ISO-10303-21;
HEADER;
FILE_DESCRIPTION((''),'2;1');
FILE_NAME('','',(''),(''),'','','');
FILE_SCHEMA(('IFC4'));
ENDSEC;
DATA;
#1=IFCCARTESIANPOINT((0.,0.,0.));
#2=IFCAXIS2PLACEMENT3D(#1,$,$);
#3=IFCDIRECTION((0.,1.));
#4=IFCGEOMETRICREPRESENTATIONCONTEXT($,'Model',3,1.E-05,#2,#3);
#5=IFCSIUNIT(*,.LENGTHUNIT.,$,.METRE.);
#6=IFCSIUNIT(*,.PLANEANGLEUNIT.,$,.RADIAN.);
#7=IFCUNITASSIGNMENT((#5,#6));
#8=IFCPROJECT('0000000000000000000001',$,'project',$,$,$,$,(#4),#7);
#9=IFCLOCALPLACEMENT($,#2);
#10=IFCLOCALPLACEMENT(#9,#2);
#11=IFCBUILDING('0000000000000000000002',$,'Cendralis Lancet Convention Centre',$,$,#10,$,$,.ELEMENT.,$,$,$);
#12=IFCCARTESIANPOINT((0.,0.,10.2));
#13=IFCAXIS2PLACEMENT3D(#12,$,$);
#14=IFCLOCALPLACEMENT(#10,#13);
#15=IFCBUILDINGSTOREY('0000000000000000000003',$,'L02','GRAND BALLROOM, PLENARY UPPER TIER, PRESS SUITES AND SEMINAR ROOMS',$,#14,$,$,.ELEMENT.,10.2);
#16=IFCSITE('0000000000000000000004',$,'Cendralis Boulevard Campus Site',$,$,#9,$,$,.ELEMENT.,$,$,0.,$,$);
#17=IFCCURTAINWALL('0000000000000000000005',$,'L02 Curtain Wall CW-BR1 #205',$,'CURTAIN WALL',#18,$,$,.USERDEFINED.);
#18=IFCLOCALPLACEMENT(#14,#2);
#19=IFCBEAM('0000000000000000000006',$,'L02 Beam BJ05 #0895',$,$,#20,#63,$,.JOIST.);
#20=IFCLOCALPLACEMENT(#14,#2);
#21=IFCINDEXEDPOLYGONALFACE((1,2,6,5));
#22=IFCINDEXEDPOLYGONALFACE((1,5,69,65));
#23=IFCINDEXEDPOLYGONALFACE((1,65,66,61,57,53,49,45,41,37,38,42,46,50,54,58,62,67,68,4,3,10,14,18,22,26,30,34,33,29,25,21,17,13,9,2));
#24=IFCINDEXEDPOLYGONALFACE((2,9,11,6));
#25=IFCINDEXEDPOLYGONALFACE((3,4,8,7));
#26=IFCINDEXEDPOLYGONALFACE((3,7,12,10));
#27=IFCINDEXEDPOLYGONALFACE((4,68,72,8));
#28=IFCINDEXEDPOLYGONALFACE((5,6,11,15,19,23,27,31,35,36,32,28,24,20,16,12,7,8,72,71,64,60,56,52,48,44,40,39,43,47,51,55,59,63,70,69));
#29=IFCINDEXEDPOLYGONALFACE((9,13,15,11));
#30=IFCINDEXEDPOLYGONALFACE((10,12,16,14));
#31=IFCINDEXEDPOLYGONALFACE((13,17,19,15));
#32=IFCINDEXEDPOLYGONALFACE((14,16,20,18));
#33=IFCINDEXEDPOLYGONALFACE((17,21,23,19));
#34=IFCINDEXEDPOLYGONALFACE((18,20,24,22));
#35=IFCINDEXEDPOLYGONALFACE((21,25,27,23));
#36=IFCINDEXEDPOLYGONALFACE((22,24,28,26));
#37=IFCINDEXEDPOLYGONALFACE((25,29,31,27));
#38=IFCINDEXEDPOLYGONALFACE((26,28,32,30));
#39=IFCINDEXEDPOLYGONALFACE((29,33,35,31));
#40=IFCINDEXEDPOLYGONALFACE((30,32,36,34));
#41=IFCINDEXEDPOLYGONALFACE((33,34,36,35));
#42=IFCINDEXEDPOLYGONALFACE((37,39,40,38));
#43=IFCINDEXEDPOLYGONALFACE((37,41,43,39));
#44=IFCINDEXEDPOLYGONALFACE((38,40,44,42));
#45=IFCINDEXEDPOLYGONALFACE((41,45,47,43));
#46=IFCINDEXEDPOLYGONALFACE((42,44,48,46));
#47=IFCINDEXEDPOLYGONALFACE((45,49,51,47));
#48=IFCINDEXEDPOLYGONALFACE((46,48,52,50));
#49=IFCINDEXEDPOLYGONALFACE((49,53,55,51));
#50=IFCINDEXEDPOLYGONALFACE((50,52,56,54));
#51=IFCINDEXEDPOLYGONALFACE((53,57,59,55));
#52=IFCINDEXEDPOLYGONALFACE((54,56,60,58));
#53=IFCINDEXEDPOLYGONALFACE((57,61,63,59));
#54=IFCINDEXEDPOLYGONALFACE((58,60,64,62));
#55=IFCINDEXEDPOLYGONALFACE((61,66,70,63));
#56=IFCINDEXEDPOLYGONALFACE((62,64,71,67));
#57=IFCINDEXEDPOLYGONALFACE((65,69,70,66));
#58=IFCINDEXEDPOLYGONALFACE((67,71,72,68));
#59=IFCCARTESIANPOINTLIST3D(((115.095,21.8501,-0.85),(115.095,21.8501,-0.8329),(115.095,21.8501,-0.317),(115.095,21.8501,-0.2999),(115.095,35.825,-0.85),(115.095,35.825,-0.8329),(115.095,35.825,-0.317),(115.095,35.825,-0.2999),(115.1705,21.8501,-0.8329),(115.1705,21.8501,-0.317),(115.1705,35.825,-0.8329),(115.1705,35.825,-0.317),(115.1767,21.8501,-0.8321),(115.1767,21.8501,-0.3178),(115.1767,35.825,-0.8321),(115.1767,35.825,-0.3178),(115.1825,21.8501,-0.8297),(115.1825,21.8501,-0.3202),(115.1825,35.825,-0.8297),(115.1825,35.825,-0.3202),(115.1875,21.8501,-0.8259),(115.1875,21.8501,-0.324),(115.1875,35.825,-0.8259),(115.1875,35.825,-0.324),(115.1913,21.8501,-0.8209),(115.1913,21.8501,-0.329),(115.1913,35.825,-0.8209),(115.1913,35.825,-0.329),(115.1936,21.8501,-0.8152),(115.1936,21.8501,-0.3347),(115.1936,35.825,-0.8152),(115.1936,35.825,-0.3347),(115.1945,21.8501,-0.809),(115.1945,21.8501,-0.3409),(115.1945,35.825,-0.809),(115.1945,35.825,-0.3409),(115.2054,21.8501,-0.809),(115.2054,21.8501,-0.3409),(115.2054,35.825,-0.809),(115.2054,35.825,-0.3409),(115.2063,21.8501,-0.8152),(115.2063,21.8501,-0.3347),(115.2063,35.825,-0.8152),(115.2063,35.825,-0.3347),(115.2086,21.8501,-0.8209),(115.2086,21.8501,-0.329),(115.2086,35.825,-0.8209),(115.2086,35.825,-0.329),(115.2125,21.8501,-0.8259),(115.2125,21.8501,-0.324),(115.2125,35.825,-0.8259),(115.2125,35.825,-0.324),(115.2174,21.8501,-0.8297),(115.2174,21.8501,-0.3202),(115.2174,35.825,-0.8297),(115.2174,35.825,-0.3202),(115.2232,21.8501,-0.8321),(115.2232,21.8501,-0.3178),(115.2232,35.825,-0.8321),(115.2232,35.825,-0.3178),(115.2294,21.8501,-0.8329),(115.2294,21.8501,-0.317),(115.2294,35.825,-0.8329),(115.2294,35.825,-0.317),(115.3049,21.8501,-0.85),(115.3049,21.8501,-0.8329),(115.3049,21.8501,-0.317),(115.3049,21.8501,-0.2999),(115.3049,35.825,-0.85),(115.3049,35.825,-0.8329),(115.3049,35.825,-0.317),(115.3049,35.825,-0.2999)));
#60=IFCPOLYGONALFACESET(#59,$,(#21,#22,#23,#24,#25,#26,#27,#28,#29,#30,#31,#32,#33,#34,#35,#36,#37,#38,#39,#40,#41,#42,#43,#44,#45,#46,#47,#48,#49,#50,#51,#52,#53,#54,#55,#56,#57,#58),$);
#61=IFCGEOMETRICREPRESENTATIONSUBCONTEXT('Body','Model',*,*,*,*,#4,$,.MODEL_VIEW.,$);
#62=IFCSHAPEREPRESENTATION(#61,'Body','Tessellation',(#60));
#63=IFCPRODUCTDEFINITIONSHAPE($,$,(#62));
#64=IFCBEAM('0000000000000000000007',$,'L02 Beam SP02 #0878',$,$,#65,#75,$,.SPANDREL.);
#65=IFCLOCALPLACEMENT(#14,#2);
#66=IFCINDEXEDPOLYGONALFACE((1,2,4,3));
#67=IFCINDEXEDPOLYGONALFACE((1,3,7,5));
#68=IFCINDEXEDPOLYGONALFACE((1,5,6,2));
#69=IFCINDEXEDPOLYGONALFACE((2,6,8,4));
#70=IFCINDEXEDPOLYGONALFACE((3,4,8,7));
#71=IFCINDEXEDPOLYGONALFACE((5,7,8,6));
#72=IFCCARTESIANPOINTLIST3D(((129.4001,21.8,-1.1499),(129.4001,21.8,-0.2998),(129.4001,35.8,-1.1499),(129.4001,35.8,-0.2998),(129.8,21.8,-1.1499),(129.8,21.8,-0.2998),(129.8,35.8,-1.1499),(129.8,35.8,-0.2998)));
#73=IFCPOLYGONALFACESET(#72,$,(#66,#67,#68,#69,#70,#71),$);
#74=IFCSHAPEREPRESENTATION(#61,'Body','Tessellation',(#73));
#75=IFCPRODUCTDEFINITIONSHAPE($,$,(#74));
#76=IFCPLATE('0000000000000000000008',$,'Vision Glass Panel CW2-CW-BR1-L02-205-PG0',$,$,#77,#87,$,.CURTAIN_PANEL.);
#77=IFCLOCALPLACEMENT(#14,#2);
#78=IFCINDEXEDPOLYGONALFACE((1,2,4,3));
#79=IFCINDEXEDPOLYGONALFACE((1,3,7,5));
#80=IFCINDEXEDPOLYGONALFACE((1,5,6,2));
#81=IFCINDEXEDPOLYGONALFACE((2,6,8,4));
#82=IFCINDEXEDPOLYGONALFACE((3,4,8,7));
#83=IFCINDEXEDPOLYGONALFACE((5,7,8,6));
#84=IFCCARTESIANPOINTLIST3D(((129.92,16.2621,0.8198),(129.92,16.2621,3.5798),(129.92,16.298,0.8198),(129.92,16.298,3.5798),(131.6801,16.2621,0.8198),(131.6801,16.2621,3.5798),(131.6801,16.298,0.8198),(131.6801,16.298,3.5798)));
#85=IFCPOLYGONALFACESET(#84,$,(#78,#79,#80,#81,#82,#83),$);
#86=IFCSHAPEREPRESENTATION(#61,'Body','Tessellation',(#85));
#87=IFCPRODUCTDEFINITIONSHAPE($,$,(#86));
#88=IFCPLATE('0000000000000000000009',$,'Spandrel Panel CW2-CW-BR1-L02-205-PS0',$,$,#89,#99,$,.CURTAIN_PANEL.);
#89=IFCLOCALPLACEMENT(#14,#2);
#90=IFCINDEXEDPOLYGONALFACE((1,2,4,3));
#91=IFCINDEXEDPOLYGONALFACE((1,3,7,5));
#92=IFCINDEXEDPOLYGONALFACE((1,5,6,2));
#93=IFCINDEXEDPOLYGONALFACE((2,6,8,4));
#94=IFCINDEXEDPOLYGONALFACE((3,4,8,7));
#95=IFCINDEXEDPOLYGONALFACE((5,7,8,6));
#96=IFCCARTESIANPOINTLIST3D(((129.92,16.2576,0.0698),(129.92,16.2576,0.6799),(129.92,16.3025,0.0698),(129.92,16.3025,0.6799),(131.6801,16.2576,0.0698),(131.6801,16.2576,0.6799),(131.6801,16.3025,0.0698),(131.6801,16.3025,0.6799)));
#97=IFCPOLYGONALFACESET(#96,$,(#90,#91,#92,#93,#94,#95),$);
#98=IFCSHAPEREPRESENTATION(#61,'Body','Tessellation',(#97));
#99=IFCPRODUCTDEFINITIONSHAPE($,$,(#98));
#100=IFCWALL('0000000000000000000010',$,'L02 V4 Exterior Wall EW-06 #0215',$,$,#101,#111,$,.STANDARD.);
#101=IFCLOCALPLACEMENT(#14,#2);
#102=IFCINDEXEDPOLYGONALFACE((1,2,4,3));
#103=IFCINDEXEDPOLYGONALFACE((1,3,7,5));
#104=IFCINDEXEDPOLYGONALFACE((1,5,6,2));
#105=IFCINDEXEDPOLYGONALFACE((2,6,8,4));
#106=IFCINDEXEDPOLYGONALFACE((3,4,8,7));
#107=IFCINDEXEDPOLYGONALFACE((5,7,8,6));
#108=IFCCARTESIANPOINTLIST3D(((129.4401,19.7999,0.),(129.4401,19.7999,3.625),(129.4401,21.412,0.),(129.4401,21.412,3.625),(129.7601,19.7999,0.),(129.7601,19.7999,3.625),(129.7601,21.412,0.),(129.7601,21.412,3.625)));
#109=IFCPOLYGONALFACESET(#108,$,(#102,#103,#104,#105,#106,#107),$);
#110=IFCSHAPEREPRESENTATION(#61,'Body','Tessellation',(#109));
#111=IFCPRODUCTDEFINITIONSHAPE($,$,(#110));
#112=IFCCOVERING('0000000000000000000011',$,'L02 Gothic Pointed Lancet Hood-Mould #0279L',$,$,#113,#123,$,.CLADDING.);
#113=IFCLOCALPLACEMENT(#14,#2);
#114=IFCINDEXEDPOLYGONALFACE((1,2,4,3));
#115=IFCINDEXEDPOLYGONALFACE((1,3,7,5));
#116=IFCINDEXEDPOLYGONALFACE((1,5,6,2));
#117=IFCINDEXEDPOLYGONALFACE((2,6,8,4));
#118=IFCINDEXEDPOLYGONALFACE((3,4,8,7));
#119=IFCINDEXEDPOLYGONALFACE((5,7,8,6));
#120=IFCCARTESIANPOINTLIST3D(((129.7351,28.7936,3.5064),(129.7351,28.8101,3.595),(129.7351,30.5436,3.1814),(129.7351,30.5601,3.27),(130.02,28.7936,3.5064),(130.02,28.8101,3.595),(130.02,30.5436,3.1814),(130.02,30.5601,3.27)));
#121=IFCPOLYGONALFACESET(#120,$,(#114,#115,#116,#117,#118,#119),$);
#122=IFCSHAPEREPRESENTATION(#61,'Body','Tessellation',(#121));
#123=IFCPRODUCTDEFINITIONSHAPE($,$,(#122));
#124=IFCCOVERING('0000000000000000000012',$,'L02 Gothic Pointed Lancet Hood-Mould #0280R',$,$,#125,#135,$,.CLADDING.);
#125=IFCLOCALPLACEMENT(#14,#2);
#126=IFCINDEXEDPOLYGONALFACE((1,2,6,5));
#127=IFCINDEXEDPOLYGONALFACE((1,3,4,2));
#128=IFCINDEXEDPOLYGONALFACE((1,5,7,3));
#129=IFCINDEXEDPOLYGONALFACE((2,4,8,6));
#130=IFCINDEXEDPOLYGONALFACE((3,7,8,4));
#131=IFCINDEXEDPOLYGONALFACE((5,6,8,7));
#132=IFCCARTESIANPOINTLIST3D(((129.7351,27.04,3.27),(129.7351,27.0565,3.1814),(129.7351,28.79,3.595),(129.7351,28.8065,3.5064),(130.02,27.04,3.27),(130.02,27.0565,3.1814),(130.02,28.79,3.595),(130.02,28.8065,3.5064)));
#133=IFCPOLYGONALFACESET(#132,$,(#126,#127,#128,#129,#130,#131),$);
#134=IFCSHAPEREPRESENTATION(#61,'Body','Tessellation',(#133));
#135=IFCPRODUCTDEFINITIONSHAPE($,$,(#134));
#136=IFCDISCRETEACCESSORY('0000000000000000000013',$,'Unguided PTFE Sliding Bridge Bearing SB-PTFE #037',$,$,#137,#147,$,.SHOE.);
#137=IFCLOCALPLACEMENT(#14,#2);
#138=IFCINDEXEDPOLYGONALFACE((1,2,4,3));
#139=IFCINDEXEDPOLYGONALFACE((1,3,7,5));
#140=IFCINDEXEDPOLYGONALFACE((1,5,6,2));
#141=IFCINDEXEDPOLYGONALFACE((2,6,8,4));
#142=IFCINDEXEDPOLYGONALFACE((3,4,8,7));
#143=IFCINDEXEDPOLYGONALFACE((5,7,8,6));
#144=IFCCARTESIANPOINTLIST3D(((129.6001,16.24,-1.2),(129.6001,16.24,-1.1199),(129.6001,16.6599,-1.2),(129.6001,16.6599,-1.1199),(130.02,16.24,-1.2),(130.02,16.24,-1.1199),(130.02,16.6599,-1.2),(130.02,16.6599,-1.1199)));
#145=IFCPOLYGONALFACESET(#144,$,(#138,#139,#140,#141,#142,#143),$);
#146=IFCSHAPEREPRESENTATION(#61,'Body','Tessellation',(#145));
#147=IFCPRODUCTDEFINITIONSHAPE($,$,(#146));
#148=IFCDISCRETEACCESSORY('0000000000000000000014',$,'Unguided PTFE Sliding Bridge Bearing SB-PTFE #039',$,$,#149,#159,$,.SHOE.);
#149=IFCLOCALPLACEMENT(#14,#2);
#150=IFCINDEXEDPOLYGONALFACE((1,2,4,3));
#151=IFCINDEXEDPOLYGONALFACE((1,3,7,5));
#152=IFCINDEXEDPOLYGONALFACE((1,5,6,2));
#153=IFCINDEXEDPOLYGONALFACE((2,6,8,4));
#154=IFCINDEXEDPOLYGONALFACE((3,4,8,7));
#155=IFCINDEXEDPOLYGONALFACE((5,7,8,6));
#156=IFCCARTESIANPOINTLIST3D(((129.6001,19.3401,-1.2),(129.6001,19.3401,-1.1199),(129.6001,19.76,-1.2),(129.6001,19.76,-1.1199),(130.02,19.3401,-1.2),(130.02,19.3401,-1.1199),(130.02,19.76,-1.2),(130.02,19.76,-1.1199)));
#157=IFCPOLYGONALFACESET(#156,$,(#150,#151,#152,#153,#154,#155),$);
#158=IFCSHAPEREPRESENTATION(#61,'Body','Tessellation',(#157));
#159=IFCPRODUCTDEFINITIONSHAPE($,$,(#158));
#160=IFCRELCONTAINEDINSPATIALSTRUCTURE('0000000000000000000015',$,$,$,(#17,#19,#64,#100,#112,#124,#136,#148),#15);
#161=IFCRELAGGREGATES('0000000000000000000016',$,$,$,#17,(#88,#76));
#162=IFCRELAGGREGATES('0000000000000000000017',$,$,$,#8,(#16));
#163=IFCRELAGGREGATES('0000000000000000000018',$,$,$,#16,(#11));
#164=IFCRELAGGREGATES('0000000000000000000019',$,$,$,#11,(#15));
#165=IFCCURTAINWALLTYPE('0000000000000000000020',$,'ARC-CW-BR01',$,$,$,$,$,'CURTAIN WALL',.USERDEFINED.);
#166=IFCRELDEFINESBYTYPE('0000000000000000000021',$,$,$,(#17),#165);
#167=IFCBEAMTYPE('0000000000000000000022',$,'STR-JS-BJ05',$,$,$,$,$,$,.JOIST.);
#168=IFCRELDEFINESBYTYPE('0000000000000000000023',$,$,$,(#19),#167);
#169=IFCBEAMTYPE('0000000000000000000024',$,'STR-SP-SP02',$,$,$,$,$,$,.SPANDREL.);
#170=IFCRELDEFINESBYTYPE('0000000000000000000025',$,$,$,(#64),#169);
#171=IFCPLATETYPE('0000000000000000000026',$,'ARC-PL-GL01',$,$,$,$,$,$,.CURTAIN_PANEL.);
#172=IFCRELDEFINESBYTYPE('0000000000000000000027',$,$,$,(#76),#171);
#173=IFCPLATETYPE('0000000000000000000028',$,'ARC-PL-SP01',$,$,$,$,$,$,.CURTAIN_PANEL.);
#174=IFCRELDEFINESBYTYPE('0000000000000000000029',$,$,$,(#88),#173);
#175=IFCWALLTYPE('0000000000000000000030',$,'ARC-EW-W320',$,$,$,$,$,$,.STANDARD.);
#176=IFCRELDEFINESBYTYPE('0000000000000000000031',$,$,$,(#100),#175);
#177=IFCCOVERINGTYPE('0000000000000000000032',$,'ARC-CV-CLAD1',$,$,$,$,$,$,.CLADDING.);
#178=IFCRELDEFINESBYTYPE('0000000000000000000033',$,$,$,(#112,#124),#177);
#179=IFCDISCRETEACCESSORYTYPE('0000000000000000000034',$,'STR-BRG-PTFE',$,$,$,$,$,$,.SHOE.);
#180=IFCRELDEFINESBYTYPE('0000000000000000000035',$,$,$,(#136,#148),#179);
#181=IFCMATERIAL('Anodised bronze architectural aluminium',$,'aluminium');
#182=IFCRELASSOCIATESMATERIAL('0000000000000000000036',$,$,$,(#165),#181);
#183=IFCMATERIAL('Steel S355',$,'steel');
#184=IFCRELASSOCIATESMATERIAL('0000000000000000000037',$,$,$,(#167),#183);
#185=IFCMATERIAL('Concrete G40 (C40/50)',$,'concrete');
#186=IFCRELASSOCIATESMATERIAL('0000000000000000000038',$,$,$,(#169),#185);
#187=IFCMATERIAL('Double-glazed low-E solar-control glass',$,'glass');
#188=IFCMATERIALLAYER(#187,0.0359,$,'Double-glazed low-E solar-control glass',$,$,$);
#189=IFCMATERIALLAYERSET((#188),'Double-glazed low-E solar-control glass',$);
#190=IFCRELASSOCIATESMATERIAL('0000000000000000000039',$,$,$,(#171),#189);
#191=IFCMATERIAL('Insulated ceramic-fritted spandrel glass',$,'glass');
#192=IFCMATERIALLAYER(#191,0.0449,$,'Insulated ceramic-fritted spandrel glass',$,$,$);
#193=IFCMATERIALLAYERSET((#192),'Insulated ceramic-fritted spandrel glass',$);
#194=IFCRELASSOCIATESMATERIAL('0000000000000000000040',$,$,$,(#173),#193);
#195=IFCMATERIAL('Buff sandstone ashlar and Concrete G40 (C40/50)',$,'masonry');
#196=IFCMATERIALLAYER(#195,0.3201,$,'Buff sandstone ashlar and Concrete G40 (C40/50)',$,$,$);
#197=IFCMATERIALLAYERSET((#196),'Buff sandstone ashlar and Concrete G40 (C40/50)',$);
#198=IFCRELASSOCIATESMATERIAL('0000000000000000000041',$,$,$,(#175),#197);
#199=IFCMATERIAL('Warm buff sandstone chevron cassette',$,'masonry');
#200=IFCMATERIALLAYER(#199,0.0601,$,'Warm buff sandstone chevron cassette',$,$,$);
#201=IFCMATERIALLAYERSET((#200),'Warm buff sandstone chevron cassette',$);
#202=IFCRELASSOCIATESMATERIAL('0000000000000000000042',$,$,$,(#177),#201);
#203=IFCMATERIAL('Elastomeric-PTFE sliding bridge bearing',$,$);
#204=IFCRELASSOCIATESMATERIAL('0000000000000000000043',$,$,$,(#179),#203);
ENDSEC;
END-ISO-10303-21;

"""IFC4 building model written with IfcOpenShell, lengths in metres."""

from ifc_helpers import new_model, si_unit, direction, frame, frame_2d, origin, origin_2d, place, context, subcontext, project, spatial, polyline, rectangle, i_section, outline, extrude, material, layer, layer_set, material_profile, profile_set, type_object, element, aggregate, save


model = new_model("IFC4")

# Units and contexts
model_context = context("Model", 3, precision=1e-05, world=origin(), true_north=direction((0.0, 1.0)))
body_context = subcontext(model_context, "Body", "Model", "MODEL_VIEW")
ifc_project = project(units=[si_unit("LENGTHUNIT", "METRE"), si_unit("PLANEANGLEUNIT", "RADIAN")], contexts=[model_context])

# Site, building, storey
site_placement = place(None, origin())
site = spatial("IfcSite", under=ifc_project, at=site_placement, Name="Cendralis Boulevard Campus Site", CompositionType="ELEMENT", RefElevation=0.0)
building_placement = place(site_placement, origin())
building = spatial("IfcBuilding", under=site, at=building_placement, Name="Cendralis Lancet Convention Centre", CompositionType="ELEMENT")
storey_placement = place(building_placement, frame((0.0, 0.0, 10.2)))
storey = spatial("IfcBuildingStorey", under=building, at=storey_placement, Name="L02", Description="GRAND BALLROOM, PLENARY UPPER TIER, PRESS SUITES AND SEMINAR ROOMS", CompositionType="ELEMENT", Elevation=10.2)

# Shared definitions
ifc_material_1 = material(Name="Steel S355", Category="steel")

# Shared definitions
ifc_material_2 = material(Name="Anodised bronze architectural aluminium", Category="aluminium")
curtain_wall_type = type_object("IfcCurtainWallType", Name="ARC-CW-BR01", ElementType="CURTAIN WALL", PredefinedType="USERDEFINED", material=ifc_material_2)

# Curtain wall
curtain_wall_1_placement = place(storey_placement, origin())
curtain_wall_1 = element("IfcCurtainWall", 1, at=curtain_wall_1_placement, inside=storey, type_object=curtain_wall_type, Name="L02 Curtain Wall CW-BR1 #205", ObjectType="CURTAIN WALL", PredefinedType="USERDEFINED")

# Beams
ifc_material_3 = material(Name="Concrete G40 (C40/50)", Category="concrete")
ifc_material_profile_1 = material_profile(ifc_material_1, i_section(OverallWidth=0.21, OverallDepth=0.55, WebThickness=0.011, FlangeThickness=0.0171, FilletRadius=0.0239, at=origin_2d()), Name="IPE 550")
ifc_profile_set_1 = profile_set([ifc_material_profile_1], Name="Steel S355")
beam_type_1 = type_object("IfcBeamType", Name="STR-JS-BJ05", PredefinedType="JOIST", material=ifc_profile_set_1)
beam_1_placement = place(storey_placement, frame((115.2, 21.8501, -0.575), z_axis=(0.0, 1.0, 0.0), x_axis=(-1.0, 0.0, 0.0)))
element("IfcBeam", 2, at=beam_1_placement, inside=storey, type_object=beam_type_1, Name="L02 Beam BJ05 #0895", PredefinedType="JOIST", context=body_context, shape_type="SweptSolid", body=[
    extrude(i_section(OverallWidth=0.21, OverallDepth=0.55, WebThickness=0.011, FlangeThickness=0.0171, FilletRadius=0.0239, at=origin_2d()), origin(), (0.0, 0.0, 1.0), 13.9749),
])
ifc_material_profile_2 = material_profile(ifc_material_3, rectangle(XDim=0.3999, YDim=0.8501, at=origin_2d()), Name="RCB 400x850")
ifc_profile_set_2 = profile_set([ifc_material_profile_2], Name="Concrete G40 (C40/50)")
beam_type_2 = type_object("IfcBeamType", Name="STR-SP-SP02", PredefinedType="SPANDREL", material=ifc_profile_set_2)
beam_2_placement = place(storey_placement, frame((129.6001, 21.8, -0.7249), z_axis=(0.0, 1.0, 0.0), x_axis=(-1.0, 0.0, 0.0)))
element("IfcBeam", 3, at=beam_2_placement, inside=storey, type_object=beam_type_2, Name="L02 Beam SP02 #0878", PredefinedType="SPANDREL", context=body_context, shape_type="SweptSolid", body=[
    extrude(rectangle(XDim=0.3999, YDim=0.8501, at=origin_2d()), origin(), (0.0, 0.0, 1.0), 14.0),
])

# Plates
ifc_material_4 = material(Name="Double-glazed low-E solar-control glass", Category="glass")
ifc_layer_1 = layer(ifc_material_4, 0.0359, Name="Double-glazed low-E solar-control glass")
ifc_layer_set_1 = layer_set([ifc_layer_1], Name="Double-glazed low-E solar-control glass")
plate_type_1 = type_object("IfcPlateType", Name="ARC-PL-GL01", PredefinedType="CURTAIN_PANEL", material=ifc_layer_set_1)
plate_1_placement = place(storey_placement, frame((130.8, 16.28, 0.8198), z_axis=(0.0, 0.0, 1.0), x_axis=(1.0, 0.0, 0.0)))
plate_1 = element("IfcPlate", 4, at=plate_1_placement, type_object=plate_type_1, Name="Vision Glass Panel CW2-CW-BR1-L02-205-PG0", PredefinedType="CURTAIN_PANEL", context=body_context, shape_type="SweptSolid", body=[
    extrude(rectangle(XDim=1.76, YDim=0.0359, at=origin_2d()), origin(), (0.0, 0.0, 1.0), 2.76),
])
ifc_material_5 = material(Name="Insulated ceramic-fritted spandrel glass", Category="glass")
ifc_layer_2 = layer(ifc_material_5, 0.0449, Name="Insulated ceramic-fritted spandrel glass")
ifc_layer_set_2 = layer_set([ifc_layer_2], Name="Insulated ceramic-fritted spandrel glass")
plate_type_2 = type_object("IfcPlateType", Name="ARC-PL-SP01", PredefinedType="CURTAIN_PANEL", material=ifc_layer_set_2)
plate_2_placement = place(storey_placement, frame((130.8, 16.28, 0.0698), z_axis=(0.0, 0.0, 1.0), x_axis=(1.0, 0.0, 0.0)))
plate_2 = element("IfcPlate", 5, at=plate_2_placement, type_object=plate_type_2, Name="Spandrel Panel CW2-CW-BR1-L02-205-PS0", PredefinedType="CURTAIN_PANEL", context=body_context, shape_type="SweptSolid", body=[
    extrude(rectangle(XDim=1.76, YDim=0.0449, at=origin_2d()), origin(), (0.0, 0.0, 1.0), 0.6101),
])
aggregate(curtain_wall_1, [plate_2, plate_1])

# Wall
ifc_material_6 = material(Name="Buff sandstone ashlar and Concrete G40 (C40/50)", Category="masonry")
ifc_layer_3 = layer(ifc_material_6, 0.3201, Name="Buff sandstone ashlar and Concrete G40 (C40/50)")
ifc_layer_set_3 = layer_set([ifc_layer_3], Name="Buff sandstone ashlar and Concrete G40 (C40/50)")
wall_type = type_object("IfcWallType", Name="ARC-EW-W320", PredefinedType="STANDARD", material=ifc_layer_set_3)
wall_placement = place(storey_placement, frame((129.6001, 21.4121, 0.0), z_axis=(0.0, 0.0, 1.0), x_axis=(0.0, -1.0, 0.0)))
element("IfcWall", 6, at=wall_placement, inside=storey, type_object=wall_type, Name="L02 V4 Exterior Wall EW-06 #0215", PredefinedType="STANDARD", context=body_context, shape_type="SweptSolid", body=[
    extrude(rectangle(XDim=1.6121, YDim=0.3201, at=frame_2d((0.8062, 0.0))), origin(), (0.0, 0.0, 1.0), 3.625),
])

# Coverings
ifc_material_7 = material(Name="Warm buff sandstone chevron cassette", Category="masonry")
ifc_layer_4 = layer(ifc_material_7, 0.0601, Name="Warm buff sandstone chevron cassette")
ifc_layer_set_4 = layer_set([ifc_layer_4], Name="Warm buff sandstone chevron cassette")
covering_type = type_object("IfcCoveringType", Name="ARC-CV-CLAD1", PredefinedType="CLADDING", material=ifc_layer_set_4)
for number, where, z_axis, x_axis, name in (
    (7, (130.02, 30.5601, 3.27), (0.0, 0.182566, 0.983194), (-1.0, 0.0, 0.0), "L02 Gothic Pointed Lancet Hood-Mould #0279L"),
    (8, (130.02, 28.79, 3.595), (0.0, -0.182566, 0.983194), (-1.0, 0.0, 0.0), "L02 Gothic Pointed Lancet Hood-Mould #0280R"),
):
    element("IfcCovering", number, at=place(storey_placement, frame(where, z_axis=z_axis, x_axis=x_axis)), inside=storey, type_object=covering_type, Name=name, PredefinedType="CLADDING", context=body_context, shape_type="SweptSolid", body=[
        extrude(outline(polyline([(0.0, 0.0), (0.2849, 0.0), (0.2849, 1.7799), (0.0, 1.7799), (0.0, 0.0)])), origin(), (0.0, 0.0, -1.0), 0.0901),
    ])

# Discrete accessories
ifc_material_8 = material(Name="Elastomeric-PTFE sliding bridge bearing")
discrete_accessory_type = type_object("IfcDiscreteAccessoryType", Name="STR-BRG-PTFE", PredefinedType="SHOE", material=ifc_material_8)
for number, where, z_axis, x_axis, name in (
    (9, (129.8101, 16.45, -1.2), (0.0, 0.0, 1.0), (1.0, 0.0, 0.0), "Unguided PTFE Sliding Bridge Bearing SB-PTFE #037"),
    (10, (129.8101, 19.55, -1.2), (0.0, 0.0, 1.0), (1.0, 0.0, 0.0), "Unguided PTFE Sliding Bridge Bearing SB-PTFE #039"),
):
    element("IfcDiscreteAccessory", number, at=place(storey_placement, frame(where, z_axis=z_axis, x_axis=x_axis)), inside=storey, type_object=discrete_accessory_type, Name=name, PredefinedType="SHOE", context=body_context, shape_type="SweptSolid", body=[
        extrude(rectangle(XDim=0.4199, YDim=0.4199, at=origin_2d()), origin(), (0.0, 0.0, 1.0), 0.0801),
    ])

save(model, "model.ifc")
